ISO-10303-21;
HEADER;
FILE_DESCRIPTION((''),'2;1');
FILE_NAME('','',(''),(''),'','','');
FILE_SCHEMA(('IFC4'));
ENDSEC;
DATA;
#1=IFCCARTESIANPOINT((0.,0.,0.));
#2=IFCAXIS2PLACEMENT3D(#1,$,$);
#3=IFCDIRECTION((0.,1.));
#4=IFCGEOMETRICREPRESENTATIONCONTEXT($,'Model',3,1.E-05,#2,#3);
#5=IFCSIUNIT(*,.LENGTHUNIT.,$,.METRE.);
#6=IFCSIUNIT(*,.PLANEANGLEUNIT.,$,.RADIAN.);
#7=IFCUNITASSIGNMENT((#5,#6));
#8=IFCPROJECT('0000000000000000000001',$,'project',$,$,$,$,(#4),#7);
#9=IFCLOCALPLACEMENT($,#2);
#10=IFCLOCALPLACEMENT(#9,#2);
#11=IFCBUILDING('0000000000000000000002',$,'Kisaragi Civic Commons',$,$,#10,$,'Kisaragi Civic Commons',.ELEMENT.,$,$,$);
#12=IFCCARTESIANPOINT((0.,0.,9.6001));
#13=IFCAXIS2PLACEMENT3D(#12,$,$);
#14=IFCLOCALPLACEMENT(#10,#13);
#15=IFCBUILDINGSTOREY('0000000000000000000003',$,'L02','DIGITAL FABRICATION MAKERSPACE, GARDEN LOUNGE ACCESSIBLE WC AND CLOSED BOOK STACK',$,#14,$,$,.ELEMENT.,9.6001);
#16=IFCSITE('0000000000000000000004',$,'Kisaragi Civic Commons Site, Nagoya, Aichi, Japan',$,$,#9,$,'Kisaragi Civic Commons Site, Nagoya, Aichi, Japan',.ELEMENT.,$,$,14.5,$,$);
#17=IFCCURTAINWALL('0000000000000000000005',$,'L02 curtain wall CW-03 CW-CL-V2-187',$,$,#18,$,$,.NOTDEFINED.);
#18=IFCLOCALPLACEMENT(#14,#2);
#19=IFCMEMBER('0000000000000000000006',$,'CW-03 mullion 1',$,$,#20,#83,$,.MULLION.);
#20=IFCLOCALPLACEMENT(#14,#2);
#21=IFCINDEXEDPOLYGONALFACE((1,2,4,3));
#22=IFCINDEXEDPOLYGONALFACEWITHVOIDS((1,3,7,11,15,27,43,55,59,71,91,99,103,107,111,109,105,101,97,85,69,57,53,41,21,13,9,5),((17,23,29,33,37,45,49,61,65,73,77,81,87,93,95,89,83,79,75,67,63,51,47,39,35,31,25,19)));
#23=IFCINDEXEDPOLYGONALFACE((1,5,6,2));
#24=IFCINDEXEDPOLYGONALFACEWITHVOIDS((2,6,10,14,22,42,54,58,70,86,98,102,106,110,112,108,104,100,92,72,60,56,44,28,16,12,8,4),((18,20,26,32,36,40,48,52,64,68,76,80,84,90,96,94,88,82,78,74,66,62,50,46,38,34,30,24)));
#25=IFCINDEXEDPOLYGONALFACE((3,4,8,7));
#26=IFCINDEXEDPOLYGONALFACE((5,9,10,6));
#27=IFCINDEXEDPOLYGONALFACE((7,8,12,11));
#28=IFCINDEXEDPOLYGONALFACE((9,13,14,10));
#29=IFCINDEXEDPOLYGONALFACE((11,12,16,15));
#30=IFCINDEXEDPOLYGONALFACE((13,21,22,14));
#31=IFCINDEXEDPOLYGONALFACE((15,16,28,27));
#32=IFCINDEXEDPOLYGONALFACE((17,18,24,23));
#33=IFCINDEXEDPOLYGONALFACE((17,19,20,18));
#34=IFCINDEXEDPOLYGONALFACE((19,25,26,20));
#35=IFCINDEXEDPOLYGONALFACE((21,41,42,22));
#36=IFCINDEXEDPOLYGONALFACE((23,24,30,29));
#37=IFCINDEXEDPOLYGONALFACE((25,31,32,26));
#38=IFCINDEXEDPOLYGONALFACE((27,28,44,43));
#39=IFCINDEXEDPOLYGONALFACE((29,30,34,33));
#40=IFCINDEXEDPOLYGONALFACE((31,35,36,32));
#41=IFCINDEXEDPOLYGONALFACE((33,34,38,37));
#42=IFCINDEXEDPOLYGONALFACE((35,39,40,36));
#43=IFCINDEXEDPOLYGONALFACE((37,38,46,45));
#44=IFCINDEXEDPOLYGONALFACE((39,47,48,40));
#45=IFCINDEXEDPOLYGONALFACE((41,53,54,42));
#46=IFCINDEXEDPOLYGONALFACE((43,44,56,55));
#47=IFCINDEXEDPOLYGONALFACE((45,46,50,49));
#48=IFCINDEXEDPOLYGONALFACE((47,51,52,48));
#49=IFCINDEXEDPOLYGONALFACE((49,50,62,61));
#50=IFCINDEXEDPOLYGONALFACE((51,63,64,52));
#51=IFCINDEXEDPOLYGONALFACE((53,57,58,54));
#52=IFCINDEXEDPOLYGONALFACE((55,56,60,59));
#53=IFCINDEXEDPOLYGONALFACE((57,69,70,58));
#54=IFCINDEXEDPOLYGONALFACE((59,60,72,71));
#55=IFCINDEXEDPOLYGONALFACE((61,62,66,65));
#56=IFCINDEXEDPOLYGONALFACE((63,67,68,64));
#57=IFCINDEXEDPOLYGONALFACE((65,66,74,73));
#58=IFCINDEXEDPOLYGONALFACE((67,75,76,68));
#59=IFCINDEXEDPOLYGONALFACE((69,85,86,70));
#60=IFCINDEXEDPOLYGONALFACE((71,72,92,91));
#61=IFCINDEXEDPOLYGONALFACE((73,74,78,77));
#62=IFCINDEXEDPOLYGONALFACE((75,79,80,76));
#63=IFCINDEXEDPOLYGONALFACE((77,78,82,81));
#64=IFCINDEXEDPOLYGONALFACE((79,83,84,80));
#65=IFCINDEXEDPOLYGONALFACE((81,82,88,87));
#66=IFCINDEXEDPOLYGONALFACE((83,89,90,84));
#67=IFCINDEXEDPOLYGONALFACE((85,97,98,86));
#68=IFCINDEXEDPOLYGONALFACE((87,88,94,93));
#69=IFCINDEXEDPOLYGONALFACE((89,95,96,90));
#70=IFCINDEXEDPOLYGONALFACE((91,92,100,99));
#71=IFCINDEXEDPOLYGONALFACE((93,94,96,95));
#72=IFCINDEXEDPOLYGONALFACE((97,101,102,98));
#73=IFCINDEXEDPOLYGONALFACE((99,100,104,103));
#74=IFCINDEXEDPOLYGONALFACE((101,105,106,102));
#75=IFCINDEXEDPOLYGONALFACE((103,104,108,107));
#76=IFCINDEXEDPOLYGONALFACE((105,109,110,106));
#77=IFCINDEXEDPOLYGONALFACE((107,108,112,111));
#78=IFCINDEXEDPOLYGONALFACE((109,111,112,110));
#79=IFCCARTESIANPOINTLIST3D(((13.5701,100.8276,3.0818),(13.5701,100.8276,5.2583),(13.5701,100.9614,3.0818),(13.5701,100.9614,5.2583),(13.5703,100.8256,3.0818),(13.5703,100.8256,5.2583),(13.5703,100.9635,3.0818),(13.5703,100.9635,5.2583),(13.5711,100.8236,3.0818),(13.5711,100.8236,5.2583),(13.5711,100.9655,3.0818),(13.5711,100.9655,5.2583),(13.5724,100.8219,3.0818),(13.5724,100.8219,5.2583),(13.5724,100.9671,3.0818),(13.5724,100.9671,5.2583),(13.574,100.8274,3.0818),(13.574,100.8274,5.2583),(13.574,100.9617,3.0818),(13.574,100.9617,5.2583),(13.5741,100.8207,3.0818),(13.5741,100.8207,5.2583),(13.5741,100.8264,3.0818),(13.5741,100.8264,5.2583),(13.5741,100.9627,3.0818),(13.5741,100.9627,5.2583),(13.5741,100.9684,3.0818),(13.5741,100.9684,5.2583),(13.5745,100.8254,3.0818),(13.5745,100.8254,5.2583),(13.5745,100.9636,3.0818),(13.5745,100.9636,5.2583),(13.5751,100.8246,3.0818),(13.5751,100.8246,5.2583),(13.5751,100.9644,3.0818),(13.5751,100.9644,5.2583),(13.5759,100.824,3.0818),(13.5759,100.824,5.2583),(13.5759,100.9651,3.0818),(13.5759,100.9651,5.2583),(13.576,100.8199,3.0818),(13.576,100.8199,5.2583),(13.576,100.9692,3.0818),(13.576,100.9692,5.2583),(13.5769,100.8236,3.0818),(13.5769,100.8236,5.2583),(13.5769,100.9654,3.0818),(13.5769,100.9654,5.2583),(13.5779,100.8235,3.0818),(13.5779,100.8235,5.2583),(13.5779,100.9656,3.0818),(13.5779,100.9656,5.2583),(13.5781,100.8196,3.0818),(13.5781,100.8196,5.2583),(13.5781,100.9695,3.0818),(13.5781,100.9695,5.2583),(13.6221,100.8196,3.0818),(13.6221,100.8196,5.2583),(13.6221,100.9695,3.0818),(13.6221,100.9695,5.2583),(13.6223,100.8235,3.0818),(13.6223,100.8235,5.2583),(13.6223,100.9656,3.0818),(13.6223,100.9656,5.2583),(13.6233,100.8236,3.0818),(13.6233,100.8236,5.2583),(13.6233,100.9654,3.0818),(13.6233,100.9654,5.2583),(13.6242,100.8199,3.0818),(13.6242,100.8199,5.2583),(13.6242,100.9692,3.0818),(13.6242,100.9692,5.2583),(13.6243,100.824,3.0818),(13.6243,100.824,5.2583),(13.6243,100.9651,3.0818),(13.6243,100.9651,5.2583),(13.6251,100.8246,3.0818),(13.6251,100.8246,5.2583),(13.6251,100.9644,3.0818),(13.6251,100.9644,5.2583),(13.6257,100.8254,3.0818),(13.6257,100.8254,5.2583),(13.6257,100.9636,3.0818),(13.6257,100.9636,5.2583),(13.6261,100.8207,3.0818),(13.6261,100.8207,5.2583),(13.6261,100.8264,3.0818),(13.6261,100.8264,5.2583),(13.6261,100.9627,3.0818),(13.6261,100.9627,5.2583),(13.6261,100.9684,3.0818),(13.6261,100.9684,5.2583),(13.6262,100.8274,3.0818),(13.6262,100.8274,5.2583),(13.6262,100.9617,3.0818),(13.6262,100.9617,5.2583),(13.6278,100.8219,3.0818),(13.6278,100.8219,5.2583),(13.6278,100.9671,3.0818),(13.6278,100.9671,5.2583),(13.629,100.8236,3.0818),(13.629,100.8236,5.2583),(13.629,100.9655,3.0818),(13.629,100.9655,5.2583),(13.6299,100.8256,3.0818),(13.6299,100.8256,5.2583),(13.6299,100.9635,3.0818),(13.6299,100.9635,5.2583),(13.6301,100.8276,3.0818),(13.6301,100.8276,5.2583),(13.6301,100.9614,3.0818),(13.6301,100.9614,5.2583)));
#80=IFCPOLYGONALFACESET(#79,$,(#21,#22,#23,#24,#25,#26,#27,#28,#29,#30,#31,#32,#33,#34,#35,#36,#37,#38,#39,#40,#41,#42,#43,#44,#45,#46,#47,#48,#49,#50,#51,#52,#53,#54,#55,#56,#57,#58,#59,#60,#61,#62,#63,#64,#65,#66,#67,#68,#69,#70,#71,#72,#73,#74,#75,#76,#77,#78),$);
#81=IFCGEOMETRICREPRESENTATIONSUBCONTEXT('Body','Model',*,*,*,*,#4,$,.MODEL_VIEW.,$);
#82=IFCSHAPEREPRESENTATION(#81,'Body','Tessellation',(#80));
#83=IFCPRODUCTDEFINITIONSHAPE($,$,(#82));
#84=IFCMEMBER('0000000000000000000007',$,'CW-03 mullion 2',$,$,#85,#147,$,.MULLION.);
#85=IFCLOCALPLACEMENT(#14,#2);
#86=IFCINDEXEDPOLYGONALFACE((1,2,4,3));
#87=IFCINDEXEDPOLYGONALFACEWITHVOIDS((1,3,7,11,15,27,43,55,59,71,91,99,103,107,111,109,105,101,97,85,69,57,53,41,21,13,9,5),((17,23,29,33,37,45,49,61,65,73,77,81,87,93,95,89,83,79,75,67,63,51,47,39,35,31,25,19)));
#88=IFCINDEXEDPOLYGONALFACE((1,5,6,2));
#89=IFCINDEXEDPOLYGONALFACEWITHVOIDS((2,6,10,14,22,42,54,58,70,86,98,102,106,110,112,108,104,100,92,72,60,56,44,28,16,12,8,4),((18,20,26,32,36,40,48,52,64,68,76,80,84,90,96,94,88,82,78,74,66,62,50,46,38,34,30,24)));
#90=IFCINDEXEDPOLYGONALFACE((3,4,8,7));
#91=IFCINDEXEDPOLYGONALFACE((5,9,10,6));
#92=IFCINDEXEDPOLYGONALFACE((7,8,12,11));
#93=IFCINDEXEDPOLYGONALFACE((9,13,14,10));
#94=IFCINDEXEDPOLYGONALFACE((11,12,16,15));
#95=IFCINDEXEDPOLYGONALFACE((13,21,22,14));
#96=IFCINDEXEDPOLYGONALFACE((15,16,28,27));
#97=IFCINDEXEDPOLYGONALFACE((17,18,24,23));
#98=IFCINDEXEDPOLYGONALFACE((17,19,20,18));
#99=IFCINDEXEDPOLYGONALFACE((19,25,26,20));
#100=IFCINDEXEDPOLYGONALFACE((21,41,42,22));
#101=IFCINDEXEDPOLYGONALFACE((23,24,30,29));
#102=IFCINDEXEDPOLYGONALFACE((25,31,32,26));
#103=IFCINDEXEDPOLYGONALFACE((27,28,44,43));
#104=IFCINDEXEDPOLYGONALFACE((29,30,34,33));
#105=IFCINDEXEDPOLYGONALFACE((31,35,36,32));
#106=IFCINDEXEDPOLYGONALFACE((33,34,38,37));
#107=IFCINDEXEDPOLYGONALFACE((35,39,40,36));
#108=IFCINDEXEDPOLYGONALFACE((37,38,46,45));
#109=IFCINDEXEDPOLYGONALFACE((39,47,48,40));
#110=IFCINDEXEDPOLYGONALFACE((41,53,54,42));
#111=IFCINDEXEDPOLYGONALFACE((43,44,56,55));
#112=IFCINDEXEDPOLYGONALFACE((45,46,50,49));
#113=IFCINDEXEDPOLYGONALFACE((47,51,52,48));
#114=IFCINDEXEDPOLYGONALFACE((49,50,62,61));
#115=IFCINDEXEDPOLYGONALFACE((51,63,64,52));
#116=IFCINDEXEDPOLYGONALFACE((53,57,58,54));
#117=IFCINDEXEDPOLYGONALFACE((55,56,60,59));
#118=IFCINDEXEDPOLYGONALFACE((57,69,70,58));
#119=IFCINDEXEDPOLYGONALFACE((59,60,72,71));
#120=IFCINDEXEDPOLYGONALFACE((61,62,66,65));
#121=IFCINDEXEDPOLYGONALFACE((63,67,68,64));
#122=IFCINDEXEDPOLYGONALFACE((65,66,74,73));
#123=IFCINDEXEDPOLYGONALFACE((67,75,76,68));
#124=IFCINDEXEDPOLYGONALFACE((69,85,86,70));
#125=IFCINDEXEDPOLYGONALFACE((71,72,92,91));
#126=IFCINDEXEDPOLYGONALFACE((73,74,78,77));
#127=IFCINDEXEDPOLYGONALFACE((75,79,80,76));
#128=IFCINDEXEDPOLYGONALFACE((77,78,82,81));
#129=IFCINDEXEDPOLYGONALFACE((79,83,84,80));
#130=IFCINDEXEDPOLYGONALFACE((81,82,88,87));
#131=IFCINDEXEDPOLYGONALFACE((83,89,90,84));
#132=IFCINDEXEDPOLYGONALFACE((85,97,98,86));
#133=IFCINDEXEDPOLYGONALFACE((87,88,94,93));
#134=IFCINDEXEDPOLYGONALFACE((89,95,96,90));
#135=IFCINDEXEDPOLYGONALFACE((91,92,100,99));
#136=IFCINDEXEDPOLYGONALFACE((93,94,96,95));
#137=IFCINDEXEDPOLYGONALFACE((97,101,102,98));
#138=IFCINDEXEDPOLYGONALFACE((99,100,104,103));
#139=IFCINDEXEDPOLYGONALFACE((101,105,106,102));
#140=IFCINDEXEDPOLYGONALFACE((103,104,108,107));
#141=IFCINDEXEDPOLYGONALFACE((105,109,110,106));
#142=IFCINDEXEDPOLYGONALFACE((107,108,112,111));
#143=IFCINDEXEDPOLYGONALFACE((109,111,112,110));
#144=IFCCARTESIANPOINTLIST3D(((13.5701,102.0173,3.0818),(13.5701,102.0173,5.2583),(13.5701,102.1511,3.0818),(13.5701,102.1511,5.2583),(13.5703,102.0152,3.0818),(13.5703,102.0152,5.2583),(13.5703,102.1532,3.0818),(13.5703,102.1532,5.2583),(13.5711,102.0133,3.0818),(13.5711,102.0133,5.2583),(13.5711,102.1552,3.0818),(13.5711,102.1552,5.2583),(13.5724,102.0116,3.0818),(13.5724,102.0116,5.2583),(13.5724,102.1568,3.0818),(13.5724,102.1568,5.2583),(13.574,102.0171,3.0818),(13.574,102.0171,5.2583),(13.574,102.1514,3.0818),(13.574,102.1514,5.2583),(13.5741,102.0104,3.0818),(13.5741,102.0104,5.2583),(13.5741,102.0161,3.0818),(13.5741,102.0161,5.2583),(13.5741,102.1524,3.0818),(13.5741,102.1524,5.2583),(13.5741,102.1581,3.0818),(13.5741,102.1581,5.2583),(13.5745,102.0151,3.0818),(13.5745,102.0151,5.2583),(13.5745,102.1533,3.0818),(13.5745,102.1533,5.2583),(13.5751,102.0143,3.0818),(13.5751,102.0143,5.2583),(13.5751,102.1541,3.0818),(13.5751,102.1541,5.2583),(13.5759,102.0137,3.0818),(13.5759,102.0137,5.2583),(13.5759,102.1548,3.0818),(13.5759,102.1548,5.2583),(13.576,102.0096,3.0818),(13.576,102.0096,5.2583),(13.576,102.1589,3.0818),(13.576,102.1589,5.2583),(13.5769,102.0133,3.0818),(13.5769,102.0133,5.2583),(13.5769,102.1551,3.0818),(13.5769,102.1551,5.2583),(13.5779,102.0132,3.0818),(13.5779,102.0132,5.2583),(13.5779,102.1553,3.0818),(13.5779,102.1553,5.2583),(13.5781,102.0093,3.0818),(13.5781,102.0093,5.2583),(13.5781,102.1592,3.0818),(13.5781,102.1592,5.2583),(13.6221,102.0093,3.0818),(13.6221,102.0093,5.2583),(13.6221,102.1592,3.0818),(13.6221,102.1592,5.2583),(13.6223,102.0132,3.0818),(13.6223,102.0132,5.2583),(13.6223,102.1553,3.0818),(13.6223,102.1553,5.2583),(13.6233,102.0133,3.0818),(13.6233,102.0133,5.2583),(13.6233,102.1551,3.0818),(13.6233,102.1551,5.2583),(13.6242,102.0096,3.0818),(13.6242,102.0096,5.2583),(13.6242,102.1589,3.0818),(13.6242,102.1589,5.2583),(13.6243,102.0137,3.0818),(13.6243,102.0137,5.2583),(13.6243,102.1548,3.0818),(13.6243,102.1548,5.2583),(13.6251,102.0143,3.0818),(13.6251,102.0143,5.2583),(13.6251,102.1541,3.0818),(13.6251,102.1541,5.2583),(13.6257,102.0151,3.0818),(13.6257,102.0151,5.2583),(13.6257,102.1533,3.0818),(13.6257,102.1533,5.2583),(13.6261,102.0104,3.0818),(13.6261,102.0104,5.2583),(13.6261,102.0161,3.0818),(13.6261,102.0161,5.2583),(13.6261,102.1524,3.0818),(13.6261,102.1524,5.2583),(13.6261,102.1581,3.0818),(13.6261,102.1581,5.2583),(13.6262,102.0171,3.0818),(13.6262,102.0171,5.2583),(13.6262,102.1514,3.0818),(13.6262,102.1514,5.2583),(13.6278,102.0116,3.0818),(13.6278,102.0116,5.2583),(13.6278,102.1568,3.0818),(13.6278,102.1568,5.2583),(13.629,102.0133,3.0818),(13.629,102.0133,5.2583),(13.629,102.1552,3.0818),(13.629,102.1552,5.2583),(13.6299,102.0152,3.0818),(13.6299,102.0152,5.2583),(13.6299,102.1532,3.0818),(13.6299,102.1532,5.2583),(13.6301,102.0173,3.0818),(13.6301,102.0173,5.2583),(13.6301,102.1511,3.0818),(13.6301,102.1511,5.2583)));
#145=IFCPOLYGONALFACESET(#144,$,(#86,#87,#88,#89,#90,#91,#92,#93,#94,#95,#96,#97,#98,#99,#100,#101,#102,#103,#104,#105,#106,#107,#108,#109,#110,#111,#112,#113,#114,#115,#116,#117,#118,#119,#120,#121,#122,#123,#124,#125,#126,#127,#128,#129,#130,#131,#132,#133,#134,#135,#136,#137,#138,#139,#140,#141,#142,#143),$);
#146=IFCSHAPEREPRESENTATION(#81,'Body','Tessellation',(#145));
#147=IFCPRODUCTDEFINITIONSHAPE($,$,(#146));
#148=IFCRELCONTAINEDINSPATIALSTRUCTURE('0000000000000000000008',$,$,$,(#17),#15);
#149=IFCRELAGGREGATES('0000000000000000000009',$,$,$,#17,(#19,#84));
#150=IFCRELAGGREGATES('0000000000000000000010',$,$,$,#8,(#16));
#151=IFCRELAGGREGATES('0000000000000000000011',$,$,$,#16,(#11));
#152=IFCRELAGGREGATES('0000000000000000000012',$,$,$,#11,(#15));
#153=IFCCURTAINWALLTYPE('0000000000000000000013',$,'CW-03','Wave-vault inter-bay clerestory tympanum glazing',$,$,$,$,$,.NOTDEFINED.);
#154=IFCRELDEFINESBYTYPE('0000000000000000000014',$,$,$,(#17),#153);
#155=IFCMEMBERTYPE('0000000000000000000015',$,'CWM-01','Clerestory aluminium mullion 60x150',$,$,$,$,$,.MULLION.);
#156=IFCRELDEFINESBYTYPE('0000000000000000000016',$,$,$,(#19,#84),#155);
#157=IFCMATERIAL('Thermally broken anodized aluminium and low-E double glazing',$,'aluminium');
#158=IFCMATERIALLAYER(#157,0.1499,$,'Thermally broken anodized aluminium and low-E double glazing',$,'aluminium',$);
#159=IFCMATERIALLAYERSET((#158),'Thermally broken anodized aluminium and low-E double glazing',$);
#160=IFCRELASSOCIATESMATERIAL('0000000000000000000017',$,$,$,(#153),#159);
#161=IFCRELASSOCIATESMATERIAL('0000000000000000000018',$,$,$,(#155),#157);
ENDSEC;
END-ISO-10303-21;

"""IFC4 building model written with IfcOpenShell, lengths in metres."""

from ifc_helpers import new_model, si_unit, direction, frame, origin, origin_2d, place, context, subcontext, project, spatial, hollow_rectangle, extrude, material, layer, layer_set, material_profile, profile_set, type_object, element, aggregate, save


model = new_model("IFC4")

# Units and contexts
model_context = context("Model", 3, precision=1e-05, world=origin(), true_north=direction((0.0, 1.0)))
body_context = subcontext(model_context, "Body", "Model", "MODEL_VIEW")
ifc_project = project(units=[si_unit("LENGTHUNIT", "METRE"), si_unit("PLANEANGLEUNIT", "RADIAN")], contexts=[model_context])

# Site, building, storey
site_placement = place(None, origin())
site = spatial("IfcSite", under=ifc_project, at=site_placement, Name="Kisaragi Civic Commons Site, Nagoya, Aichi, Japan", LongName="Kisaragi Civic Commons Site, Nagoya, Aichi, Japan", CompositionType="ELEMENT", RefElevation=14.5)
building_placement = place(site_placement, origin())
building = spatial("IfcBuilding", under=site, at=building_placement, Name="Kisaragi Civic Commons", LongName="Kisaragi Civic Commons", CompositionType="ELEMENT")
storey_placement = place(building_placement, frame((0.0, 0.0, 9.6001)))
storey = spatial("IfcBuildingStorey", under=building, at=storey_placement, Name="L02", Description="DIGITAL FABRICATION MAKERSPACE, GARDEN LOUNGE ACCESSIBLE WC AND CLOSED BOOK STACK", CompositionType="ELEMENT", Elevation=9.6001)

# Curtain wall, members
ifc_material_1 = material(Name="Thermally broken anodized aluminium and low-E double glazing", Category="aluminium")
ifc_layer_1 = layer(ifc_material_1, 0.1499, Name="Thermally broken anodized aluminium and low-E double glazing", Category="aluminium")
ifc_layer_set_1 = layer_set([ifc_layer_1], Name="Thermally broken anodized aluminium and low-E double glazing")
curtain_wall_type = type_object("IfcCurtainWallType", Name="CW-03", Description="Wave-vault inter-bay clerestory tympanum glazing", PredefinedType="NOTDEFINED", material=ifc_layer_set_1)
ifc_material_profile_1 = material_profile(ifc_material_1, hollow_rectangle(XDim=0.0601, YDim=0.1499, WallThickness=0.0039, InnerFilletRadius=0.0039, OuterFilletRadius=0.0081, at=origin_2d()), Name="CWM-60x150x4", Category="aluminium")
ifc_profile_set_1 = profile_set([ifc_material_profile_1], Name="Thermally broken anodized aluminium and low-E double glazing")
member_type_1 = type_object("IfcMemberType", Name="CWM-01", Description="Clerestory aluminium mullion 60x150", PredefinedType="MULLION", material=ifc_profile_set_1)
curtain_wall_1_placement = place(storey_placement, origin())
curtain_wall_1 = element("IfcCurtainWall", 1, at=curtain_wall_1_placement, inside=storey, type_object=curtain_wall_type, Name="L02 curtain wall CW-03 CW-CL-V2-187", PredefinedType="NOTDEFINED")
member_1_placement = place(storey_placement, frame((13.6001, 100.8945, 3.0818), z_axis=(0.0, 0.0, 1.0), x_axis=(-1.0, 0.0, 0.0)))
member_1 = element("IfcMember", 2, at=member_1_placement, type_object=member_type_1, Name="CW-03 mullion 1", PredefinedType="MULLION", context=body_context, shape_type="SweptSolid", body=[
    extrude(hollow_rectangle(XDim=0.0601, YDim=0.1499, WallThickness=0.0039, InnerFilletRadius=0.0039, OuterFilletRadius=0.0081, at=origin_2d()), origin(), (0.0, 0.0, 1.0), 2.1765),
])
member_2_placement = place(storey_placement, frame((13.6001, 102.0842, 3.0818), z_axis=(0.0, 0.0, 1.0), x_axis=(-1.0, 0.0, 0.0)))
member_2 = element("IfcMember", 3, at=member_2_placement, type_object=member_type_1, Name="CW-03 mullion 2", PredefinedType="MULLION", context=body_context, shape_type="SweptSolid", body=[
    extrude(hollow_rectangle(XDim=0.0601, YDim=0.1499, WallThickness=0.0039, InnerFilletRadius=0.0039, OuterFilletRadius=0.0081, at=origin_2d()), origin(), (0.0, 0.0, 1.0), 2.1765),
])

aggregate(curtain_wall_1, [member_1, member_2])

save(model, "model.ifc")
